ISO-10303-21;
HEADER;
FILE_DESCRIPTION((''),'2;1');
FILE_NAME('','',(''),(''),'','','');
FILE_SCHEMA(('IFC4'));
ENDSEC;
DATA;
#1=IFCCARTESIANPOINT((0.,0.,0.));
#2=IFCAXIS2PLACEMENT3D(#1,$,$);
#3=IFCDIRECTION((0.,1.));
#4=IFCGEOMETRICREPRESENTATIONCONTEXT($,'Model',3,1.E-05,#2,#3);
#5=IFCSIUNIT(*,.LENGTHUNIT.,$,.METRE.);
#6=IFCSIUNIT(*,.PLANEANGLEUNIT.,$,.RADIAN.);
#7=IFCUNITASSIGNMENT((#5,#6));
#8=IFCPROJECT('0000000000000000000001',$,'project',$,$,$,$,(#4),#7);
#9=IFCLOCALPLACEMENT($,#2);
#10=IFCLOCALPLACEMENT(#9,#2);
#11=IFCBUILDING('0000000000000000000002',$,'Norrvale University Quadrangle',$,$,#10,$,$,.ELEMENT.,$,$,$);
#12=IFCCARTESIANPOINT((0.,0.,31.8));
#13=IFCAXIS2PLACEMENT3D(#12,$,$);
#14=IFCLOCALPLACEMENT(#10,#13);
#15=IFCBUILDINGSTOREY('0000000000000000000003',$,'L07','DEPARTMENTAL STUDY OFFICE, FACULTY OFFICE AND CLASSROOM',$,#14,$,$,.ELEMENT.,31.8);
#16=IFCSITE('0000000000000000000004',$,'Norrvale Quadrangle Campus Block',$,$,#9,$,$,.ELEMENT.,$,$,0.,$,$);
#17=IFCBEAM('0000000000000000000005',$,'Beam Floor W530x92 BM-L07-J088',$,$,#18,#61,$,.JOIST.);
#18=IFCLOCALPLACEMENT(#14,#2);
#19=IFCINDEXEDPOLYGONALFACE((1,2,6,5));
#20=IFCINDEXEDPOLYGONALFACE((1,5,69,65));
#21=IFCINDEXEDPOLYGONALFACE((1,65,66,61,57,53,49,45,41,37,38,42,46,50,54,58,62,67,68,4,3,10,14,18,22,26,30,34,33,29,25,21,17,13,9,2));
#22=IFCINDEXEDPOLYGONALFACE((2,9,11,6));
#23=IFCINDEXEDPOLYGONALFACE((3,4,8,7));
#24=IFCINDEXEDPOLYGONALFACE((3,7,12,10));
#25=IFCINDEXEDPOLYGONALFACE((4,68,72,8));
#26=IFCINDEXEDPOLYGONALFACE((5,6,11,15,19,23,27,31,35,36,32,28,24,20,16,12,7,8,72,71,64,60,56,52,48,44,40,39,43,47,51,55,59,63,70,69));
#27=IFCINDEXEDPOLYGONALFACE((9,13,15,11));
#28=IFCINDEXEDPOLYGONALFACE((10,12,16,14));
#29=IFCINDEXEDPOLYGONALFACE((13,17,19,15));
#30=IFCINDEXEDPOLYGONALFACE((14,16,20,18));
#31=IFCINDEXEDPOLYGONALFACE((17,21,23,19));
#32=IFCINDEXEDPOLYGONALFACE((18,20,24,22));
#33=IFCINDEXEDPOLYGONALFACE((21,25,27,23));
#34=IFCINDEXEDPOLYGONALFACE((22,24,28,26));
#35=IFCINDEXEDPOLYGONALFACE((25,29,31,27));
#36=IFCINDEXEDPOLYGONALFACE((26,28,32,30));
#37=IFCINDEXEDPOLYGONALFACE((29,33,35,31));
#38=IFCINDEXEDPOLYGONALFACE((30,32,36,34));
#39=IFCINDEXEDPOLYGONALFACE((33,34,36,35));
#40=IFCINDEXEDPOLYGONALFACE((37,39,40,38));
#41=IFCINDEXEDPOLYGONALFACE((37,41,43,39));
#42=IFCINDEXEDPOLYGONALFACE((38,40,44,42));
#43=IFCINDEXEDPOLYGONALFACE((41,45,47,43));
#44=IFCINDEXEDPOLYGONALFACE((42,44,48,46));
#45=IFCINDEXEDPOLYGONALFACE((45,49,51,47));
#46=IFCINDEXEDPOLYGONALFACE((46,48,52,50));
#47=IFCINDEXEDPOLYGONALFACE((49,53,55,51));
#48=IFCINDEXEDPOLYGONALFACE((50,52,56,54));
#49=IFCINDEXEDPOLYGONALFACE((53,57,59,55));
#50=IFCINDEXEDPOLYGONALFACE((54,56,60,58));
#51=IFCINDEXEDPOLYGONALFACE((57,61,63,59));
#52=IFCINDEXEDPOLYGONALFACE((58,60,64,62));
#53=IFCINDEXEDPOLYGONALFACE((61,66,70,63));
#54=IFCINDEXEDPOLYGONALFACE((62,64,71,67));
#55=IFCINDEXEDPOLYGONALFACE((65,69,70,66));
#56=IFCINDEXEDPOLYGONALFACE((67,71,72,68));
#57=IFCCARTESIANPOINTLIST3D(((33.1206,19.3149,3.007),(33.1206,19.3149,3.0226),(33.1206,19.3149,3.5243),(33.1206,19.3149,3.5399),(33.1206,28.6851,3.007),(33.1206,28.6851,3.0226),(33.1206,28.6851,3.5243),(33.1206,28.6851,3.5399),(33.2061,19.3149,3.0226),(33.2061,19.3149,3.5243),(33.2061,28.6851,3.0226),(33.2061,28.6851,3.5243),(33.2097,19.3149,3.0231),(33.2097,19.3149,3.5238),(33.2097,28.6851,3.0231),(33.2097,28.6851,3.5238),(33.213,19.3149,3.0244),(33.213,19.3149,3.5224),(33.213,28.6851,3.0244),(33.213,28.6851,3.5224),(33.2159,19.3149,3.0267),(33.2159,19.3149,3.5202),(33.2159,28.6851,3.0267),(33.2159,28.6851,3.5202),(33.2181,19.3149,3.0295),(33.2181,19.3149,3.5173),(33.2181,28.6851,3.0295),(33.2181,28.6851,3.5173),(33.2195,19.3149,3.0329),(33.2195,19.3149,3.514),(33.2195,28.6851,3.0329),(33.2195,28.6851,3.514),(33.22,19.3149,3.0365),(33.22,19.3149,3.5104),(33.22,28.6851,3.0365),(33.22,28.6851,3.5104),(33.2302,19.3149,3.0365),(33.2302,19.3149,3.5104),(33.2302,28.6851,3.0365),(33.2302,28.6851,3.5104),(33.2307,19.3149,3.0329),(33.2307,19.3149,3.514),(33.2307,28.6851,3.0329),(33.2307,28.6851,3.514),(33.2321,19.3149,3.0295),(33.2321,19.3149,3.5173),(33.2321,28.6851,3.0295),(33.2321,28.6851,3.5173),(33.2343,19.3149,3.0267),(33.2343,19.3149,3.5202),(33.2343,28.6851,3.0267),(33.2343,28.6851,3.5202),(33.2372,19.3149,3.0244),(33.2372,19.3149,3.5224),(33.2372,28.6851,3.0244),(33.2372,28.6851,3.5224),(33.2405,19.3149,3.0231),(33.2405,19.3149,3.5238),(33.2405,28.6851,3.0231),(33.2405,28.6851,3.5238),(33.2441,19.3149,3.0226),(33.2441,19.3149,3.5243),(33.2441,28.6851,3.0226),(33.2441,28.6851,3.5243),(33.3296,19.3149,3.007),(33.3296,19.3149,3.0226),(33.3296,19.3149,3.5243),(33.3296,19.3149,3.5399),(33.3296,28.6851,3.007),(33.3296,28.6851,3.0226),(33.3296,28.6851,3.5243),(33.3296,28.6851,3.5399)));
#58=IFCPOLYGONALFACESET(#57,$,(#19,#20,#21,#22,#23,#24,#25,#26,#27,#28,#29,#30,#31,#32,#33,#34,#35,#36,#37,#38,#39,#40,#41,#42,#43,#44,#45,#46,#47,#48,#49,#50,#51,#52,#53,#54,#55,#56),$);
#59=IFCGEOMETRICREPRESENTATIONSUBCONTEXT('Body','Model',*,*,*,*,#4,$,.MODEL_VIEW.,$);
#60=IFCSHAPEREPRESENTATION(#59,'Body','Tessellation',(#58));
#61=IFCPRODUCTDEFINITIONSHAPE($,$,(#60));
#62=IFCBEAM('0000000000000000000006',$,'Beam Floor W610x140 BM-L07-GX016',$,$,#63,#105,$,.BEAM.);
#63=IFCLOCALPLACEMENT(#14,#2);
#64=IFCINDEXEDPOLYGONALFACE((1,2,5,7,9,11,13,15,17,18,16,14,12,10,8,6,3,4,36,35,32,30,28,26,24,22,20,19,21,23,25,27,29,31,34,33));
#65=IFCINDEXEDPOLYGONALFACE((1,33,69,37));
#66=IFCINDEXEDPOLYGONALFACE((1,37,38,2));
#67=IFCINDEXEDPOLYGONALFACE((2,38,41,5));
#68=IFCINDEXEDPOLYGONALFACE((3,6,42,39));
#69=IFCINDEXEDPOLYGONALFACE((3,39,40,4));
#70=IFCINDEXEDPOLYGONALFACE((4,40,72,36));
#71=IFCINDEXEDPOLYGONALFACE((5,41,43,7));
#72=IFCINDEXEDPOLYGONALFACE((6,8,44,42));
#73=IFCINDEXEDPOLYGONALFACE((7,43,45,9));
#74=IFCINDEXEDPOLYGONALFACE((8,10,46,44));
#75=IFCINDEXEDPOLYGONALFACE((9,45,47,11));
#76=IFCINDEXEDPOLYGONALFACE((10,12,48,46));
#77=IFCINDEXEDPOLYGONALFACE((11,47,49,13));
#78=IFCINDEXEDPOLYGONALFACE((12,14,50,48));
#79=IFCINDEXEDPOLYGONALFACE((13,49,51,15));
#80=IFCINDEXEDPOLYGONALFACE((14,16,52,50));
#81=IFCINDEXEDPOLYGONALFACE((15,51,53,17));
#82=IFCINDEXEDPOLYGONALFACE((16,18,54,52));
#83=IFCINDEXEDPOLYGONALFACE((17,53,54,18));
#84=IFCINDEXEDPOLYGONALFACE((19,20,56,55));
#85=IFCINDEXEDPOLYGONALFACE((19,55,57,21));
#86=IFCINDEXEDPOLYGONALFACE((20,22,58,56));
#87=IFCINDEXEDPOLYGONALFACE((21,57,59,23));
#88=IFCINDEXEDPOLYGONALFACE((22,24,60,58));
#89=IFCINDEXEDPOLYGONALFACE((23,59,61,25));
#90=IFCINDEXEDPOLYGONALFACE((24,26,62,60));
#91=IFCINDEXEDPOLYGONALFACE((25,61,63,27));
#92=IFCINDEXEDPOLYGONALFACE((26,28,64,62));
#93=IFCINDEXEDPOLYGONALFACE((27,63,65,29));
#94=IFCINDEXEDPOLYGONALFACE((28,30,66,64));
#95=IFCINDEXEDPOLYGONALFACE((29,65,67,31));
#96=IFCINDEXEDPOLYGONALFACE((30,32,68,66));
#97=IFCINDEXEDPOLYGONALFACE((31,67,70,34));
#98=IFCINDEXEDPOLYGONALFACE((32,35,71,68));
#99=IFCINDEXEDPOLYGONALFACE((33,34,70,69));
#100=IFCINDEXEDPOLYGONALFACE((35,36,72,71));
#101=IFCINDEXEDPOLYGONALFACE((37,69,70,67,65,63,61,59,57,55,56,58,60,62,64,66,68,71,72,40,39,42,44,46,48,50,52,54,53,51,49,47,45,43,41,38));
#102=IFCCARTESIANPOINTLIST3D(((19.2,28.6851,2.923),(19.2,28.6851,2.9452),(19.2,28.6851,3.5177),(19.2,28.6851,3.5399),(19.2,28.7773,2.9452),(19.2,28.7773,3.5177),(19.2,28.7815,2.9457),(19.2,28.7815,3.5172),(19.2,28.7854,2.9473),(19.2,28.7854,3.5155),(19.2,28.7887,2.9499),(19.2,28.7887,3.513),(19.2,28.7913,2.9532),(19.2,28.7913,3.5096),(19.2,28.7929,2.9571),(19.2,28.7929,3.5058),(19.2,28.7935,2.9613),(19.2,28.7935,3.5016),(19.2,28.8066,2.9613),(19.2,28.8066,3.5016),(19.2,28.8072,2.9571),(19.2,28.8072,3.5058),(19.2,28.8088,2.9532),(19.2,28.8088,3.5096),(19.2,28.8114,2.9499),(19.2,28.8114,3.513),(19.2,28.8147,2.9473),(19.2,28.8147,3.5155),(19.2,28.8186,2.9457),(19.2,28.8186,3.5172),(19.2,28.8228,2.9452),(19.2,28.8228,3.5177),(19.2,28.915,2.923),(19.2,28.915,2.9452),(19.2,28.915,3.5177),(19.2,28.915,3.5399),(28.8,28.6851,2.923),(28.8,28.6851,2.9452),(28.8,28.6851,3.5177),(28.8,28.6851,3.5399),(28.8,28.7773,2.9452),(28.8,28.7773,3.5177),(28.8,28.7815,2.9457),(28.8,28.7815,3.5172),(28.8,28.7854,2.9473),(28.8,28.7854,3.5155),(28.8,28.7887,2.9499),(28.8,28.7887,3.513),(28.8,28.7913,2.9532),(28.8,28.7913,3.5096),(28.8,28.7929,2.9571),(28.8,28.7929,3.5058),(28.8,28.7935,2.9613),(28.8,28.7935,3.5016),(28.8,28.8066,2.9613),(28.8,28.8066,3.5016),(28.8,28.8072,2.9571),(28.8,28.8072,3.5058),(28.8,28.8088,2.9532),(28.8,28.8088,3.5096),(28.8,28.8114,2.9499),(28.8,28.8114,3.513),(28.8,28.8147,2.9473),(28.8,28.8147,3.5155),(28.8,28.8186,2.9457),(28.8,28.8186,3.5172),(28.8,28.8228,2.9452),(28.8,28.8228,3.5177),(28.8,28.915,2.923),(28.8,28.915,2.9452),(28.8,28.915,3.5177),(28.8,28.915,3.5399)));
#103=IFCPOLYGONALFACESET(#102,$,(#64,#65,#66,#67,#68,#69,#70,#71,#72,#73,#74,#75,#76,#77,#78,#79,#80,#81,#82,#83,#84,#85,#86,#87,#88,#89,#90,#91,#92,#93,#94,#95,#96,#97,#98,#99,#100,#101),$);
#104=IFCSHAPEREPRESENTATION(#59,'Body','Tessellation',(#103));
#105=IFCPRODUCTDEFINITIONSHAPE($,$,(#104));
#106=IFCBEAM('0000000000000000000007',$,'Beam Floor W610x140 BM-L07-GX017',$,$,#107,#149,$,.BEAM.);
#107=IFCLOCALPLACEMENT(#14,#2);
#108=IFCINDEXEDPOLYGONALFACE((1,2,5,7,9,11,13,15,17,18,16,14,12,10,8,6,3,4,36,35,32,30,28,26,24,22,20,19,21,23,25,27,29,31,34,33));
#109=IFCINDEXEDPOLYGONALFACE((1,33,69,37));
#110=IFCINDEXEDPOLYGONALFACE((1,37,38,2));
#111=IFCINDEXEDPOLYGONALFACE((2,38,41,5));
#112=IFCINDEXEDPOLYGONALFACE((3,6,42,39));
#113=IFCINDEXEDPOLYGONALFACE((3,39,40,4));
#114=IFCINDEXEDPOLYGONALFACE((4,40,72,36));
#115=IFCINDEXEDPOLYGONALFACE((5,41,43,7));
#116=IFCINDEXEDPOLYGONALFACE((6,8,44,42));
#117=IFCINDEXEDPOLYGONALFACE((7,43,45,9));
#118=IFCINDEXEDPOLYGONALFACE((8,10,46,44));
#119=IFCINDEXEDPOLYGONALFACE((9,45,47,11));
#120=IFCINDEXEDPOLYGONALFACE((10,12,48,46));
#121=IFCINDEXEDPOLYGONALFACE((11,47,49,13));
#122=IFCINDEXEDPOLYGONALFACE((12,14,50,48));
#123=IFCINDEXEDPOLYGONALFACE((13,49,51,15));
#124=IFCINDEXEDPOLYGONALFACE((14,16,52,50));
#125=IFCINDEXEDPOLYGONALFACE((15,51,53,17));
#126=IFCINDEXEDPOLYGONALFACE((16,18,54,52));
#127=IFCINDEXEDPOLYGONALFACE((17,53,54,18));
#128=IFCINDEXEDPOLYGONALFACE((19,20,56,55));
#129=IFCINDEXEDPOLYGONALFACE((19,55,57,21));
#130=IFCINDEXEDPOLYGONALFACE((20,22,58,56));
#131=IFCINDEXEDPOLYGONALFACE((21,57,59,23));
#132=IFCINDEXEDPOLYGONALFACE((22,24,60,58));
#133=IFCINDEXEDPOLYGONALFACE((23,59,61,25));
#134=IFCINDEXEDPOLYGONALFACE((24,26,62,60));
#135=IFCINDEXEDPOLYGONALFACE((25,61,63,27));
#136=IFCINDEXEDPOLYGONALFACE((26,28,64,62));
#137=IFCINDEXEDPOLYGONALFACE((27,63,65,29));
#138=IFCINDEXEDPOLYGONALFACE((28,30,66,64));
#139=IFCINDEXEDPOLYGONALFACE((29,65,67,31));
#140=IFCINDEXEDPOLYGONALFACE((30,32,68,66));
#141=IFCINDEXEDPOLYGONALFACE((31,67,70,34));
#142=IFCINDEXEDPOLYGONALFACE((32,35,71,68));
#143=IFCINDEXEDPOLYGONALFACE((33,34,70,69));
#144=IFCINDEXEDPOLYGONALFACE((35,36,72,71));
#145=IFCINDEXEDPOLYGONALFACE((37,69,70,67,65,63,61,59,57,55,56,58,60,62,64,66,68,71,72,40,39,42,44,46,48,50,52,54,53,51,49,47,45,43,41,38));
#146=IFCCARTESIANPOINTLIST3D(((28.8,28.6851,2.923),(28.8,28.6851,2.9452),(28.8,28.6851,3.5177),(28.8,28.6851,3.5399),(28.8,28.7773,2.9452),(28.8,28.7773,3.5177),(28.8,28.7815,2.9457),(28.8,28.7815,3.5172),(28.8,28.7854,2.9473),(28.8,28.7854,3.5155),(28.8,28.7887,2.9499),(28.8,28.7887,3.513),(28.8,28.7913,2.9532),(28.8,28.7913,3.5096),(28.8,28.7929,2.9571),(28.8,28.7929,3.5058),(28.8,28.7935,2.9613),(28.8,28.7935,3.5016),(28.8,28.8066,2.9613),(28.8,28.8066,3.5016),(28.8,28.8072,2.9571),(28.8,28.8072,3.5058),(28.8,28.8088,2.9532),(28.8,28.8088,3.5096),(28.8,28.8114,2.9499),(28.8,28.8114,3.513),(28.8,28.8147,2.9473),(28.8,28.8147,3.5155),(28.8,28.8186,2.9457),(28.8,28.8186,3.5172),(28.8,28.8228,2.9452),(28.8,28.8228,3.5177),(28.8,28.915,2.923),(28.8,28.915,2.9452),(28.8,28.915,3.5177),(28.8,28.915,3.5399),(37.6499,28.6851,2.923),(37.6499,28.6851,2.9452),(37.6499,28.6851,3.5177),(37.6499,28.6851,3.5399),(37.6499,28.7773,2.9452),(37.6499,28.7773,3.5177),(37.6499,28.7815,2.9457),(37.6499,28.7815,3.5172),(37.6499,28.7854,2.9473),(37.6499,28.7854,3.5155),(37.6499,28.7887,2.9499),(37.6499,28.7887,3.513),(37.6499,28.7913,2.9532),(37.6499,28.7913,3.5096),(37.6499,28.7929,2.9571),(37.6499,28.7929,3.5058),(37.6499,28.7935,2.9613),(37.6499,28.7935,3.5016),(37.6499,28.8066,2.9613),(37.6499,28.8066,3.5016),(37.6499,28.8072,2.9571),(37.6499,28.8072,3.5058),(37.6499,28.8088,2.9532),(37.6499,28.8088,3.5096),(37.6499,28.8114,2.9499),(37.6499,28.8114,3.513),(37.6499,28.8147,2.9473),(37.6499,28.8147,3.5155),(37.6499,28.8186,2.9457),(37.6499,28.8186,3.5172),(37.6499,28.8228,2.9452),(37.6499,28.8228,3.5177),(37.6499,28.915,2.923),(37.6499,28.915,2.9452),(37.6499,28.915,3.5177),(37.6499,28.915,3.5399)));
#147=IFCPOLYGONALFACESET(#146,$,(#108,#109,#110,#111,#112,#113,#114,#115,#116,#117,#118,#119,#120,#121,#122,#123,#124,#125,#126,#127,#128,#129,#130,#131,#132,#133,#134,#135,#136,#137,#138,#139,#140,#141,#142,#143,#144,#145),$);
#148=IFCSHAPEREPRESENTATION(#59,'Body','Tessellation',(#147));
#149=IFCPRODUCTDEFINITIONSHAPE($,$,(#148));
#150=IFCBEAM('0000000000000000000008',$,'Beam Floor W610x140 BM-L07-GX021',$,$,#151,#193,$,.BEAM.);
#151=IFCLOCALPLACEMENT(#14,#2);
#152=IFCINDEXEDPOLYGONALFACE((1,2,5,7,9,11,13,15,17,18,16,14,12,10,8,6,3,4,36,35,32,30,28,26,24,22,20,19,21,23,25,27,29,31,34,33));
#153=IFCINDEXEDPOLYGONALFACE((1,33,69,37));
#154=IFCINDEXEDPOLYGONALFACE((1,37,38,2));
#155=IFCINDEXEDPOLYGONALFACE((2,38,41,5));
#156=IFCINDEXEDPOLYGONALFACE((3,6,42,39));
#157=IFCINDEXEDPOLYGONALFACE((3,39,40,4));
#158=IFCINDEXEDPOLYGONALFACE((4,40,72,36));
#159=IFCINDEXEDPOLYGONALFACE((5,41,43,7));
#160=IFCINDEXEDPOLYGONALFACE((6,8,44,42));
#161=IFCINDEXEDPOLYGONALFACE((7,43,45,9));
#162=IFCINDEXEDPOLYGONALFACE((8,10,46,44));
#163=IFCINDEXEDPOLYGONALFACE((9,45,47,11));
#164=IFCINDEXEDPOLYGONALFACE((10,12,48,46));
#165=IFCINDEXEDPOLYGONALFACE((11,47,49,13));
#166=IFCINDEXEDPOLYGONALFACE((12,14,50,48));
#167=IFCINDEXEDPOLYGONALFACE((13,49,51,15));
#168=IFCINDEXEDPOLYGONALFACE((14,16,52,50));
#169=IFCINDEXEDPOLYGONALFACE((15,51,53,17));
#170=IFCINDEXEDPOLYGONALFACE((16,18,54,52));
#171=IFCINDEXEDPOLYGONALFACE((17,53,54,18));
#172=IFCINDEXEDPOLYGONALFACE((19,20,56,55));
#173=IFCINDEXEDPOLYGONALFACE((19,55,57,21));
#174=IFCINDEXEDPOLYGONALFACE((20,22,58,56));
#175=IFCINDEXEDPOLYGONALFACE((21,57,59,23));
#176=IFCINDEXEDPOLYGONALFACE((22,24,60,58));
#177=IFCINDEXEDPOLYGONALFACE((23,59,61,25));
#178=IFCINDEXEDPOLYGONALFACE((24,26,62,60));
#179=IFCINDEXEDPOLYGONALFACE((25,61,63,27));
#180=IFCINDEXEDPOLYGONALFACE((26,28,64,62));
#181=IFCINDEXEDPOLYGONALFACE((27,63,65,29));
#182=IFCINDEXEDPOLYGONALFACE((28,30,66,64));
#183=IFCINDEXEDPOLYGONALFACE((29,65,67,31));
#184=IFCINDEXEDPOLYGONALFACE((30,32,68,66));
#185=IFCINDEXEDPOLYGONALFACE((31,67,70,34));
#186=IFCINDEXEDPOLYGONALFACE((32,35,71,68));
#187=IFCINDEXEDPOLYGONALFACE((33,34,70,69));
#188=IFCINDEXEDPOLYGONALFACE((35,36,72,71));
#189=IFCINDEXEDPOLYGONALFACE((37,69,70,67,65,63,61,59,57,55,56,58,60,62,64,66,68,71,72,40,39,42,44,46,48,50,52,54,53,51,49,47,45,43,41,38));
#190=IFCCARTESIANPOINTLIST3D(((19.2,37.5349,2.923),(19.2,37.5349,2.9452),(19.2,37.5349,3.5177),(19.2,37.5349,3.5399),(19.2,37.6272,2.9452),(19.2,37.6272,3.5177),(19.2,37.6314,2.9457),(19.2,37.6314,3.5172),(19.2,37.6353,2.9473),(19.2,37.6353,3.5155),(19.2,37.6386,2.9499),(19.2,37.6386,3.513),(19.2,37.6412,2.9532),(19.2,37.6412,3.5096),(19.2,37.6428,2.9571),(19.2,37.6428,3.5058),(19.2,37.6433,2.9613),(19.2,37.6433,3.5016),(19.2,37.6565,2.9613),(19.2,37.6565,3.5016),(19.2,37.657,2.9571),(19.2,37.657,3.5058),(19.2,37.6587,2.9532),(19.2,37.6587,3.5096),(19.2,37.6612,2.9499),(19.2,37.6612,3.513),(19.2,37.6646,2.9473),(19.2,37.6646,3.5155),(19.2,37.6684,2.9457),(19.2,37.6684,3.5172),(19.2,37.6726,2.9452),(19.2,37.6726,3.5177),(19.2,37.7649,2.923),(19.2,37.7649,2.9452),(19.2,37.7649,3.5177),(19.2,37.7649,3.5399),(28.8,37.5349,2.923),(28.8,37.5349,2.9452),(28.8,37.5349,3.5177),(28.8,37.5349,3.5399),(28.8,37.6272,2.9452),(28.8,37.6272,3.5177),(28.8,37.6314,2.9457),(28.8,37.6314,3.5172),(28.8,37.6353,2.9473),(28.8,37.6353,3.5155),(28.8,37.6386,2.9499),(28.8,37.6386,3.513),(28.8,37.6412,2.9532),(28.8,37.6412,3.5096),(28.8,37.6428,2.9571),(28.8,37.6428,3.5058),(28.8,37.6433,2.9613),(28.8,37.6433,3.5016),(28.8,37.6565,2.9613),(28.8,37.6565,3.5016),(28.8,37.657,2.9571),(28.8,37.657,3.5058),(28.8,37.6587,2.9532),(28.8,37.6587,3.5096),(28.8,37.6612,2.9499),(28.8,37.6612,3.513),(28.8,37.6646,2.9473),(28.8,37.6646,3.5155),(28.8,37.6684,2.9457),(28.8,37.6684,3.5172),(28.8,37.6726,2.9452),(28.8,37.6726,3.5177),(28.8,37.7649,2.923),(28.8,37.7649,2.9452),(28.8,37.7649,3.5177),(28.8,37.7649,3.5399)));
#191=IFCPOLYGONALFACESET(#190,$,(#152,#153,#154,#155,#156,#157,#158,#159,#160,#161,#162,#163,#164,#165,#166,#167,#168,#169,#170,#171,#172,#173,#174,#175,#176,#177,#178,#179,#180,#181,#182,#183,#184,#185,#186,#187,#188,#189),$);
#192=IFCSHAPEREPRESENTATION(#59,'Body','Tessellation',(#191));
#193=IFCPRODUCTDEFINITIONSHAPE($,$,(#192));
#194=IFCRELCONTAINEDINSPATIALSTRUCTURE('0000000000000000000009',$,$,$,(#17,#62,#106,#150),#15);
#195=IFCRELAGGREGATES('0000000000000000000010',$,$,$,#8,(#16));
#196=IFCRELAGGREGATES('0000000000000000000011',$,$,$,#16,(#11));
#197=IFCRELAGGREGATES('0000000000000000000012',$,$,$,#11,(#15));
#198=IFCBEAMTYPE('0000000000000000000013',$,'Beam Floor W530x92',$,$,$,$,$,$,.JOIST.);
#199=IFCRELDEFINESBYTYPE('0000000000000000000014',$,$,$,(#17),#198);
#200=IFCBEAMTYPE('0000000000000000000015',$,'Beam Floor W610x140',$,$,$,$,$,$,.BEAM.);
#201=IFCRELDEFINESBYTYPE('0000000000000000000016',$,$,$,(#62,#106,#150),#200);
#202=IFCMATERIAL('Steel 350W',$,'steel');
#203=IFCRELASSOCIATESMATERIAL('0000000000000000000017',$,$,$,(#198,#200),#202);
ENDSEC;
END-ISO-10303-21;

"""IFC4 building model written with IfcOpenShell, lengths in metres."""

from ifc_helpers import new_model, si_unit, direction, frame, origin, origin_2d, place, context, subcontext, project, spatial, i_section, extrude, material, material_profile, profile_set, type_object, element, save


model = new_model("IFC4")

# Units and contexts
model_context = context("Model", 3, precision=1e-05, world=origin(), true_north=direction((0.0, 1.0)))
body_context = subcontext(model_context, "Body", "Model", "MODEL_VIEW")
ifc_project = project(units=[si_unit("LENGTHUNIT", "METRE"), si_unit("PLANEANGLEUNIT", "RADIAN")], contexts=[model_context])

# Site, building, storey
site_placement = place(None, origin())
site = spatial("IfcSite", under=ifc_project, at=site_placement, Name="Norrvale Quadrangle Campus Block", CompositionType="ELEMENT", RefElevation=0.0)
building_placement = place(site_placement, origin())
building = spatial("IfcBuilding", under=site, at=building_placement, Name="Norrvale University Quadrangle", CompositionType="ELEMENT")
storey_placement = place(building_placement, frame((0.0, 0.0, 31.8)))
storey = spatial("IfcBuildingStorey", under=building, at=storey_placement, Name="L07", Description="DEPARTMENTAL STUDY OFFICE, FACULTY OFFICE AND CLASSROOM", CompositionType="ELEMENT", Elevation=31.8)

# Beams
ifc_material_1 = material(Name="Steel 350W", Category="steel")
ifc_material_profile_1 = material_profile(ifc_material_1, i_section(OverallWidth=0.209, OverallDepth=0.533, WebThickness=0.0103, FlangeThickness=0.0156, FilletRadius=0.0139, at=origin_2d()), Name="Steel 350W")
ifc_profile_set_1 = profile_set([ifc_material_profile_1], Name="Steel 350W")
beam_type_1 = type_object("IfcBeamType", Name="Beam Floor W530x92", PredefinedType="JOIST", material=ifc_profile_set_1)
for number, where, z_axis, x_axis, name in (
    (1, (33.2251, 19.3149, 3.2734), (0.0, 1.0, 0.0), (-1.0, 0.0, 0.0), "Beam Floor W530x92 BM-L07-J088"),
):
    element("IfcBeam", number, at=place(storey_placement, frame(where, z_axis=z_axis, x_axis=x_axis)), inside=storey, type_object=beam_type_1, Name=name, PredefinedType="JOIST", context=body_context, shape_type="SweptSolid", body=[
        extrude(i_section(OverallWidth=0.209, OverallDepth=0.533, WebThickness=0.0103, FlangeThickness=0.0156, FilletRadius=0.0139, at=origin_2d()), origin(), (0.0, 0.0, 1.0), 9.3701),
    ])
ifc_material_profile_2 = material_profile(ifc_material_1, i_section(OverallWidth=0.23, OverallDepth=0.6169, WebThickness=0.0132, FlangeThickness=0.0222, FilletRadius=0.0161, at=origin_2d()), Name="Steel 350W")
ifc_profile_set_2 = profile_set([ifc_material_profile_2], Name="Steel 350W")
beam_type_2 = type_object("IfcBeamType", Name="Beam Floor W610x140", PredefinedType="BEAM", material=ifc_profile_set_2)
beam_1_placement = place(storey_placement, frame((19.2, 28.8, 3.2314), z_axis=(1.0, 0.0, 0.0), x_axis=(0.0, 1.0, 0.0)))
element("IfcBeam", 2, at=beam_1_placement, inside=storey, type_object=beam_type_2, Name="Beam Floor W610x140 BM-L07-GX016", PredefinedType="BEAM", context=body_context, shape_type="SweptSolid", body=[
    extrude(i_section(OverallWidth=0.23, OverallDepth=0.6169, WebThickness=0.0132, FlangeThickness=0.0222, FilletRadius=0.0161, at=origin_2d()), origin(), (0.0, 0.0, 1.0), 9.6001),
])
beam_2_placement = place(storey_placement, frame((28.8, 28.8, 3.2314), z_axis=(1.0, 0.0, 0.0), x_axis=(0.0, 1.0, 0.0)))
element("IfcBeam", 3, at=beam_2_placement, inside=storey, type_object=beam_type_2, Name="Beam Floor W610x140 BM-L07-GX017", PredefinedType="BEAM", context=body_context, shape_type="SweptSolid", body=[
    extrude(i_section(OverallWidth=0.23, OverallDepth=0.6169, WebThickness=0.0132, FlangeThickness=0.0222, FilletRadius=0.0161, at=origin_2d()), origin(), (0.0, 0.0, 1.0), 8.8499),
])
beam_3_placement = place(storey_placement, frame((19.2, 37.6499, 3.2314), z_axis=(1.0, 0.0, 0.0), x_axis=(0.0, 1.0, 0.0)))
element("IfcBeam", 4, at=beam_3_placement, inside=storey, type_object=beam_type_2, Name="Beam Floor W610x140 BM-L07-GX021", PredefinedType="BEAM", context=body_context, shape_type="SweptSolid", body=[
    extrude(i_section(OverallWidth=0.23, OverallDepth=0.6169, WebThickness=0.0132, FlangeThickness=0.0222, FilletRadius=0.0161, at=origin_2d()), origin(), (0.0, 0.0, 1.0), 9.6001),
])

save(model, "model.ifc")
